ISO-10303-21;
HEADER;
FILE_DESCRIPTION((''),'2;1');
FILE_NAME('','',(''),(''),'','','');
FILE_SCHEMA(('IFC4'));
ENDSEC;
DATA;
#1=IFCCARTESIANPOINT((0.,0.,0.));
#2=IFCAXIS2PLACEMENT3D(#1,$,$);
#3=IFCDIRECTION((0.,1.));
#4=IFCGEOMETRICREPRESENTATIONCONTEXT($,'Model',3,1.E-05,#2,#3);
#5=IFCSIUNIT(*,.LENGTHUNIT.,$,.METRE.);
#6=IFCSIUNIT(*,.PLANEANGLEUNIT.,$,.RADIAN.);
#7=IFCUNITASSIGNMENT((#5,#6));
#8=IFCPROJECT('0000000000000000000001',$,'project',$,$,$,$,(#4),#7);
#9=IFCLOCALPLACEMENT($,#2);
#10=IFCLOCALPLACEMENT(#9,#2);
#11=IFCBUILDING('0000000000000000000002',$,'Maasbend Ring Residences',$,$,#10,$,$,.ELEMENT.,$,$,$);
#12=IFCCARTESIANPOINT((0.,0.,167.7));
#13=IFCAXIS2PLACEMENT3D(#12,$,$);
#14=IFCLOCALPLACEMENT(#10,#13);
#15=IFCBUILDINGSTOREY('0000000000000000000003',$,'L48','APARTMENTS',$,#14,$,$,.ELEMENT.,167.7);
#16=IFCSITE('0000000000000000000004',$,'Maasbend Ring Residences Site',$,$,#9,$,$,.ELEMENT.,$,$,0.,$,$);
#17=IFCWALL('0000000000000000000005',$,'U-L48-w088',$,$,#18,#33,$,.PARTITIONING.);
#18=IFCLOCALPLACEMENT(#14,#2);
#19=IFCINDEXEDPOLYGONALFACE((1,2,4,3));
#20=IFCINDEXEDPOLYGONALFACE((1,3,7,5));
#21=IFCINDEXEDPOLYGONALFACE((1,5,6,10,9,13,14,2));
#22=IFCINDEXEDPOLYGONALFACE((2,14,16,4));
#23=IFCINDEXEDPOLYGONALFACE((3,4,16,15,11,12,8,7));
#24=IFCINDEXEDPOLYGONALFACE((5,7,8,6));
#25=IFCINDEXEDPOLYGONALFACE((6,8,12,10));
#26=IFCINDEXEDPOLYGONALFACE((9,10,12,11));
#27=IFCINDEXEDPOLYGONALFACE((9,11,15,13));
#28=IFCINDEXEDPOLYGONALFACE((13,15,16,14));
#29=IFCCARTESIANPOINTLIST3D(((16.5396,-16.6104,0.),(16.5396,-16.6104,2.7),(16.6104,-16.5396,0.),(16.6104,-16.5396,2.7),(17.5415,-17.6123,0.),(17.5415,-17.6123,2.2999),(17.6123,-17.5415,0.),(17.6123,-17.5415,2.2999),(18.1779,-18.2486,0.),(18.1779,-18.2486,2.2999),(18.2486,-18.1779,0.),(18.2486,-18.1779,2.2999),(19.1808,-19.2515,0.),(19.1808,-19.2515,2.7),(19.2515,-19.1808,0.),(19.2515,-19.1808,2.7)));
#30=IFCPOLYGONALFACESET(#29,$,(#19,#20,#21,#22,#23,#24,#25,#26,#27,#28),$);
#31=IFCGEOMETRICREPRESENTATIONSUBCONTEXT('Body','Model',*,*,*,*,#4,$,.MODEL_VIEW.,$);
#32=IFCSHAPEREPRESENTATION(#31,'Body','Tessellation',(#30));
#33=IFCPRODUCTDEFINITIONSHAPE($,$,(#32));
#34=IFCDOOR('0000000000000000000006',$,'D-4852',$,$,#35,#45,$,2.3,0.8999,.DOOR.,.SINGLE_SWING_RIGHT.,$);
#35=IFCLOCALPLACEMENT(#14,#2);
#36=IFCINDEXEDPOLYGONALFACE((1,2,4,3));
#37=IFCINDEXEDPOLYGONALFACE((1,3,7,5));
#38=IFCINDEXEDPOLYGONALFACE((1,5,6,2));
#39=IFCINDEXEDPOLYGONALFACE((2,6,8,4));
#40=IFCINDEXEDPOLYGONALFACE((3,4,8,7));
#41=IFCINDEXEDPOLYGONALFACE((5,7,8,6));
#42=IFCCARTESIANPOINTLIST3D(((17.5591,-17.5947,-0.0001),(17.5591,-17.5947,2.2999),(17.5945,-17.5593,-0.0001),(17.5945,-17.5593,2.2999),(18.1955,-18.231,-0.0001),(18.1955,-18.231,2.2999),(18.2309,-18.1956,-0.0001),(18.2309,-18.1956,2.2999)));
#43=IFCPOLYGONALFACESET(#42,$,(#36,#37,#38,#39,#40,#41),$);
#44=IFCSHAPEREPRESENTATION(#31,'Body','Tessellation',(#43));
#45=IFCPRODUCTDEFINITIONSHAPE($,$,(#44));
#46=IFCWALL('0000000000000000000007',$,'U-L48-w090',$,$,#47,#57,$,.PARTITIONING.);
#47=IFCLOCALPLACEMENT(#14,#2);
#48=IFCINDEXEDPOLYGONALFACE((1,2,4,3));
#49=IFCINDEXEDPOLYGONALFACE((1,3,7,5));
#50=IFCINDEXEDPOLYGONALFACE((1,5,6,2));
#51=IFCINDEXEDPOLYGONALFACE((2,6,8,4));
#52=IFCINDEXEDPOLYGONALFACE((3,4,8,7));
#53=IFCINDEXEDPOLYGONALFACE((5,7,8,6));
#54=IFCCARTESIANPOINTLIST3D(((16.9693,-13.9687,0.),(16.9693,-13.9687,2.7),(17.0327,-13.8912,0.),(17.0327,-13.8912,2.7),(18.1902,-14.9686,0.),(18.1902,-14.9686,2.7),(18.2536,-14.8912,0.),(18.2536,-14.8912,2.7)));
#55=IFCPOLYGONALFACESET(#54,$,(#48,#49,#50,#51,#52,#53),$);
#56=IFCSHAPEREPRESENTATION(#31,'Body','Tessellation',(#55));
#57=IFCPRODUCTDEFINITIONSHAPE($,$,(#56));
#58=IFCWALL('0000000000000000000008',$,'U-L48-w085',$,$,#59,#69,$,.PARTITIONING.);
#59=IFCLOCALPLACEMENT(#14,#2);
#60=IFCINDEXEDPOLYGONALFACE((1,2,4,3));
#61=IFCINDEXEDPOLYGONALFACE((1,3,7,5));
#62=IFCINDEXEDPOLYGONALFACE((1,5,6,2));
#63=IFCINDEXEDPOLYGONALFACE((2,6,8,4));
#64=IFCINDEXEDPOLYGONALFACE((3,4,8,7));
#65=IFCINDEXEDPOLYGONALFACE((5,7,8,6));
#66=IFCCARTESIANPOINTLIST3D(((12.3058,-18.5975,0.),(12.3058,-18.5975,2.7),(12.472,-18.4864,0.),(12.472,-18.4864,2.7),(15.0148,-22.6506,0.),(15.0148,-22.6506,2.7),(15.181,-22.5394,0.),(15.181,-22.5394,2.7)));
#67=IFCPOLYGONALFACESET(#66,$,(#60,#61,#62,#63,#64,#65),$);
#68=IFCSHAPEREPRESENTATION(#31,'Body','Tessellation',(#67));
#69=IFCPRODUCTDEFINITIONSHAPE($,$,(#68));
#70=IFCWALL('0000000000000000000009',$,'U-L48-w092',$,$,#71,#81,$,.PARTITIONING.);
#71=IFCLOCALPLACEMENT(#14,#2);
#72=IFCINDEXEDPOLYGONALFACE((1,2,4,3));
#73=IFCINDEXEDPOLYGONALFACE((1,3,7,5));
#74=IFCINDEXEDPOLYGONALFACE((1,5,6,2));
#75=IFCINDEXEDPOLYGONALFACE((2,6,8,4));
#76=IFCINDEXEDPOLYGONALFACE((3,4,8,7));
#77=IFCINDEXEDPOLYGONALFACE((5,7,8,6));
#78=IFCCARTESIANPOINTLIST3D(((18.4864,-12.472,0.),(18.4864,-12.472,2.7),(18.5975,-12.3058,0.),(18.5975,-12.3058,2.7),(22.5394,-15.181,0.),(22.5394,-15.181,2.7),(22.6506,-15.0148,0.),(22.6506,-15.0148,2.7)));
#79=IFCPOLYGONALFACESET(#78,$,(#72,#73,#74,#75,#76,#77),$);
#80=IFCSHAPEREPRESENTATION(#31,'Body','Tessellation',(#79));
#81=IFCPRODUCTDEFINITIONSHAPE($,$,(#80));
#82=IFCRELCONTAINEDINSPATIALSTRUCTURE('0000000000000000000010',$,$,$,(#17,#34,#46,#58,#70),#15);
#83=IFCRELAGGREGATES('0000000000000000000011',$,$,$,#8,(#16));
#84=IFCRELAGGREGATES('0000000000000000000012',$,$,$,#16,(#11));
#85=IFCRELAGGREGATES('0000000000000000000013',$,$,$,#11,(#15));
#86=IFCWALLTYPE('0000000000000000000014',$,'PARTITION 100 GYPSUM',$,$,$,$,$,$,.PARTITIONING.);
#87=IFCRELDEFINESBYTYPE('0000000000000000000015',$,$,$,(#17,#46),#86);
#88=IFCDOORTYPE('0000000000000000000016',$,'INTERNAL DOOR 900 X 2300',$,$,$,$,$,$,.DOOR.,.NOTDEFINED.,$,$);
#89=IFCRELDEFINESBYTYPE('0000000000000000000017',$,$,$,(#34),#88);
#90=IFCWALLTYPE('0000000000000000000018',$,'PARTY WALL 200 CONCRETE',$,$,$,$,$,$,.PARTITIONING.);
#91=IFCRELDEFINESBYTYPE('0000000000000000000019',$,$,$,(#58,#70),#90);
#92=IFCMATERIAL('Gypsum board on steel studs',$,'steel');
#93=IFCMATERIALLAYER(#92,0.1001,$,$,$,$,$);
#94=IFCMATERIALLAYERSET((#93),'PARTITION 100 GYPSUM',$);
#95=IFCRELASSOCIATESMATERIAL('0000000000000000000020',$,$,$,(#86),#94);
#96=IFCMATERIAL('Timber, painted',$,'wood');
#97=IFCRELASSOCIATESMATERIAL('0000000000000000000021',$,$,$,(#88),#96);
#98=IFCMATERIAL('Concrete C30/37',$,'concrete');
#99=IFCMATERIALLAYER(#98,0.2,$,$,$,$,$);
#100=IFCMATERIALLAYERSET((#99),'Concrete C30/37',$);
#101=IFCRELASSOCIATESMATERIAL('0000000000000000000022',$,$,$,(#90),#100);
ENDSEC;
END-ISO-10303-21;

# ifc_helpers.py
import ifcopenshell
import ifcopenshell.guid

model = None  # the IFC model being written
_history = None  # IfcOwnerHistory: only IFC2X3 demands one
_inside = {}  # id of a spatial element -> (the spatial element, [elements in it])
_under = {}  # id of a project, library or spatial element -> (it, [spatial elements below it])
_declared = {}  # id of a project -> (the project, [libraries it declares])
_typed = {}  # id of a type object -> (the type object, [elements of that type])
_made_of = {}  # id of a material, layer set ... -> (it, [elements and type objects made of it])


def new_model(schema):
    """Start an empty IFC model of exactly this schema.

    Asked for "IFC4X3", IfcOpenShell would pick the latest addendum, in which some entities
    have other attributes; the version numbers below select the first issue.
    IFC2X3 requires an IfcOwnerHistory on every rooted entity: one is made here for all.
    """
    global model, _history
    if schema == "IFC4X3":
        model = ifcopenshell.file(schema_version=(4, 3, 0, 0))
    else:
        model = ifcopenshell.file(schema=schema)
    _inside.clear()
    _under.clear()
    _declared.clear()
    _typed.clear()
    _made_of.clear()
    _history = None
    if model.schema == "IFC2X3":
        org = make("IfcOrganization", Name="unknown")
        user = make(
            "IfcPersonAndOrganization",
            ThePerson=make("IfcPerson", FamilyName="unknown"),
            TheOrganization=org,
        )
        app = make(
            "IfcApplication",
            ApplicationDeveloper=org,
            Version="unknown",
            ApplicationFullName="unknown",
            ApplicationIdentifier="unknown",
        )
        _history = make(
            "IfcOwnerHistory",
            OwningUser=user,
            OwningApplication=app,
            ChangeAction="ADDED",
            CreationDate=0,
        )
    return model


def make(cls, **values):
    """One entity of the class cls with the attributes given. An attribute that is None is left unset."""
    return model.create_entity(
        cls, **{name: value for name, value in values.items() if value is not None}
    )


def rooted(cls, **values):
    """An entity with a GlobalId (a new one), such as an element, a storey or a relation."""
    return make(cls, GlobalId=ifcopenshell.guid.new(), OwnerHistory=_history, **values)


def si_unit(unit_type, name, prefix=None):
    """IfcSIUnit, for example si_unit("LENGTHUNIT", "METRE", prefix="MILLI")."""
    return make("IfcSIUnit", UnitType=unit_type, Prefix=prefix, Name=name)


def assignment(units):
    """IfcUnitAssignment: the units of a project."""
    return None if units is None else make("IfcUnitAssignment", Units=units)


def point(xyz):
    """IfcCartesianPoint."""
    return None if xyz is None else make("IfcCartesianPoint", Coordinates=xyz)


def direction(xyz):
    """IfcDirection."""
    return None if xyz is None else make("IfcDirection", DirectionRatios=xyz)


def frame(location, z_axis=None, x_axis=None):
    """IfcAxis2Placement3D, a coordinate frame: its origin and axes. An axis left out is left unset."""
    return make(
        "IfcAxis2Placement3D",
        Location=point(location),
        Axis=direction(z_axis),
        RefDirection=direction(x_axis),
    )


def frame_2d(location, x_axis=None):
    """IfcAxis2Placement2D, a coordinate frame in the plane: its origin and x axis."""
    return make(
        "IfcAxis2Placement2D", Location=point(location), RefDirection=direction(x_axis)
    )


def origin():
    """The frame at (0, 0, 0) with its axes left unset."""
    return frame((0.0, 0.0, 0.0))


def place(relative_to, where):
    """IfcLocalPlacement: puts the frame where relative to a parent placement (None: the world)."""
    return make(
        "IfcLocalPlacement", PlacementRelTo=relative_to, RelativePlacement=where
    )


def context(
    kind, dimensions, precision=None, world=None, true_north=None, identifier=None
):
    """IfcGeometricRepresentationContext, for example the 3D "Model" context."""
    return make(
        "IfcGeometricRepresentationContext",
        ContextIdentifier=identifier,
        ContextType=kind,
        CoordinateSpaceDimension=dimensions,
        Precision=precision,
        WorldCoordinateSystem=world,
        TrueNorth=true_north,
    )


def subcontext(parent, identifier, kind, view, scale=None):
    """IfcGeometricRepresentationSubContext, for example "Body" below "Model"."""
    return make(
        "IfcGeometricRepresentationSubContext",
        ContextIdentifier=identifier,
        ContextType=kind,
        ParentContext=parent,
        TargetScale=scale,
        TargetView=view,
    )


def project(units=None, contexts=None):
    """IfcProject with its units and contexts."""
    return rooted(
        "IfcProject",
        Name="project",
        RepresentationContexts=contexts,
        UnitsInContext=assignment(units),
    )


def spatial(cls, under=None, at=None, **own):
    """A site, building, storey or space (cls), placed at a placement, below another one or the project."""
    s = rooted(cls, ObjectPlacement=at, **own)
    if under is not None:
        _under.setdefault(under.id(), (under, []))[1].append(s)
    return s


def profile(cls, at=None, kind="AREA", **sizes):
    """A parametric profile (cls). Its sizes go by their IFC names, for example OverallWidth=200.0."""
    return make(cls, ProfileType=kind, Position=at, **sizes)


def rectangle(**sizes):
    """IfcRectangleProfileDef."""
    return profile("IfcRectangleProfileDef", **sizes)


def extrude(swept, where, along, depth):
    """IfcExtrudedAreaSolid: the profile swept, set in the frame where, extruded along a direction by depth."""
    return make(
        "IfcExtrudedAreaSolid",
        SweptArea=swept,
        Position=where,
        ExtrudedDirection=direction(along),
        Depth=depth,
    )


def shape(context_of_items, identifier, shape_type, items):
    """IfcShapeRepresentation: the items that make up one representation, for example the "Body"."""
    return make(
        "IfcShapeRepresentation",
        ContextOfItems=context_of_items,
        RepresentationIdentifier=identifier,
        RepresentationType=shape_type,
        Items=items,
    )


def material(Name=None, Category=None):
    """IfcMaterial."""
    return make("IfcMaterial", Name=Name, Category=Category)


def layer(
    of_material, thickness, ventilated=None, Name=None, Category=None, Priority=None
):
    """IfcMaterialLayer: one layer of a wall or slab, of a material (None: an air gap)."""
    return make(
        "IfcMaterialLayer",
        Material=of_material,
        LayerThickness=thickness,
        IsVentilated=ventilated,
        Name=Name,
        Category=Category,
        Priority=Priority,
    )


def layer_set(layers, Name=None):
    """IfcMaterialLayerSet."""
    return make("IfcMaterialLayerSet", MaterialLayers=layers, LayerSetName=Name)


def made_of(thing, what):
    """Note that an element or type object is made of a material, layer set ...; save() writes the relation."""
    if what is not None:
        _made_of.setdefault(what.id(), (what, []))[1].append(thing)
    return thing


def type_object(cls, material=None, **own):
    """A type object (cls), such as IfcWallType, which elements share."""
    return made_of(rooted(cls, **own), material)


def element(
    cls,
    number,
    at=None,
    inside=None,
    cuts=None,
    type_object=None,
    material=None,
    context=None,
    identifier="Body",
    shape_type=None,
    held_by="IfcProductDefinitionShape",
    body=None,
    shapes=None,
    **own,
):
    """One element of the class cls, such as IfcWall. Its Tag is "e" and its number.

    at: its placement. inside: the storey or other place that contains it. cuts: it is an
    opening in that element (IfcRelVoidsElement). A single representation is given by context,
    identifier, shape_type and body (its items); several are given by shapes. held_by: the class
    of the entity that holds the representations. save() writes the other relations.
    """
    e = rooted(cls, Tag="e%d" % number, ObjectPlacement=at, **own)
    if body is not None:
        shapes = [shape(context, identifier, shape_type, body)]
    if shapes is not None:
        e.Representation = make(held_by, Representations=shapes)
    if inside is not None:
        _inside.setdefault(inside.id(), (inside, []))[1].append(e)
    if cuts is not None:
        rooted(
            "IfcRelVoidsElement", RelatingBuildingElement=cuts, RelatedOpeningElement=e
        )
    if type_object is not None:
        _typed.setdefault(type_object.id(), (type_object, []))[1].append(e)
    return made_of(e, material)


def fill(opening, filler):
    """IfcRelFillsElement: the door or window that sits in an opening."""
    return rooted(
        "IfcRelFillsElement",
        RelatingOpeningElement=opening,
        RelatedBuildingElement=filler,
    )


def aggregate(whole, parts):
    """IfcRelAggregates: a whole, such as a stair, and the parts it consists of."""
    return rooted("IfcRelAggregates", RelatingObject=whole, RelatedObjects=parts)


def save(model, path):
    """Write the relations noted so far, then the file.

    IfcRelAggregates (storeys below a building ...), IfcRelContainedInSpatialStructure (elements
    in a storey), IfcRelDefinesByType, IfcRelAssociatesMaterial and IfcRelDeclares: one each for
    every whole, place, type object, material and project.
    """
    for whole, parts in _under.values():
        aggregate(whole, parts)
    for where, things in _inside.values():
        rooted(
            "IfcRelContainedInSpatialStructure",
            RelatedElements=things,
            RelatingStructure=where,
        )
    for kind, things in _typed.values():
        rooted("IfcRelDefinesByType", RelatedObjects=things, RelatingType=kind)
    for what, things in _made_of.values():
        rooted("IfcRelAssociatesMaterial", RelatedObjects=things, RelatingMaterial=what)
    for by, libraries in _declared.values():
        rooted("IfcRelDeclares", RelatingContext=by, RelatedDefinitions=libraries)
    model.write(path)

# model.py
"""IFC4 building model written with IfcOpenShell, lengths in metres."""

from ifc_helpers import new_model, si_unit, direction, frame, frame_2d, origin, place, context, subcontext, project, spatial, rectangle, extrude, material, layer, layer_set, type_object, element, fill, save


model = new_model("IFC4")

# Units and contexts
model_context = context("Model", 3, precision=1e-05, world=origin(), true_north=direction((0.0, 1.0)))
body_context = subcontext(model_context, "Body", "Model", "MODEL_VIEW")
ifc_project = project(units=[si_unit("LENGTHUNIT", "METRE"), si_unit("PLANEANGLEUNIT", "RADIAN")], contexts=[model_context])

# Site, building, storey
site_placement = place(None, origin())
site = spatial("IfcSite", under=ifc_project, at=site_placement, Name="Maasbend Ring Residences Site", CompositionType="ELEMENT", RefElevation=0.0)
building_placement = place(site_placement, origin())
building = spatial("IfcBuilding", under=site, at=building_placement, Name="Maasbend Ring Residences", CompositionType="ELEMENT")
storey_placement = place(building_placement, frame((0.0, 0.0, 167.7)))
storey = spatial("IfcBuildingStorey", under=building, at=storey_placement, Name="L48", Description="APARTMENTS", CompositionType="ELEMENT", Elevation=167.7)

# Shared definitions
ifc_material_1 = material(Name="Gypsum board on steel studs", Category="steel")
ifc_layer_1 = layer(ifc_material_1, 0.1001)
ifc_layer_set_1 = layer_set([ifc_layer_1], Name="PARTITION 100 GYPSUM")
wall_type_1 = type_object("IfcWallType", Name="PARTITION 100 GYPSUM", PredefinedType="PARTITIONING", material=ifc_layer_set_1)
ifc_material_2 = material(Name="Timber, painted", Category="wood")
door_type_1 = type_object("IfcDoorType", Name="INTERNAL DOOR 900 X 2300", OperationType="NOTDEFINED", PredefinedType="DOOR", material=ifc_material_2)

# Wall, opening, door
wall_1_placement = place(storey_placement, frame((16.575, -16.575, 0.0), z_axis=(0.0, 0.0, 1.0), x_axis=(0.707107, -0.707107, 0.0)))
wall_1 = element("IfcWall", 1, at=wall_1_placement, inside=storey, type_object=wall_type_1, Name="U-L48-w088", PredefinedType="PARTITIONING", context=body_context, shape_type="SweptSolid", body=[
    extrude(rectangle(XDim=3.7351, YDim=0.1001, at=frame_2d((1.8677, 0.0))), origin(), (0.0, 0.0, 1.0), 2.7),
])
opening_1_placement = place(wall_1_placement, frame((1.417, 0.0, 0.0)))
opening_1 = element("IfcOpeningElement", 2, at=opening_1_placement, cuts=wall_1, PredefinedType="OPENING", context=body_context, shape_type="SweptSolid", body=[
    extrude(rectangle(XDim=0.8999, YDim=2.3, at=frame_2d((0.45, 1.1499))), frame((0.0, 0.0601, 0.0), z_axis=(0.0, -1.0, 0.0), x_axis=(1.0, 0.0, 0.0)), (0.0, 0.0, 1.0), 0.1201),
])
door_1_placement = place(opening_1_placement, origin())
door_1 = element("IfcDoor", 3, at=door_1_placement, inside=storey, type_object=door_type_1, Name="D-4852", OperationType="SINGLE_SWING_RIGHT", OverallHeight=2.3, OverallWidth=0.8999, PredefinedType="DOOR", context=body_context, shape_type="SweptSolid", body=[
    extrude(rectangle(XDim=0.8999, YDim=2.3, at=frame_2d((0.45, 1.1499))), frame((0.0, 0.0249, 0.0), z_axis=(0.0, -1.0, 0.0), x_axis=(1.0, 0.0, 0.0)), (0.0, 0.0, 1.0), 0.05),
])
fill(opening_1, door_1)

# Walls
wall_2_placement = place(storey_placement, frame((17.001, -13.9299, 0.0), z_axis=(0.0, 0.0, 1.0), x_axis=(0.773633, -0.633634, 0.0)))
element("IfcWall", 4, at=wall_2_placement, inside=storey, type_object=wall_type_1, Name="U-L48-w090", PredefinedType="PARTITIONING", context=body_context, shape_type="SweptSolid", body=[
    extrude(rectangle(XDim=1.5781, YDim=0.1001, at=frame_2d((0.7891, 0.0))), origin(), (0.0, 0.0, 1.0), 2.7),
])
ifc_material_3 = material(Name="Concrete C30/37", Category="concrete")
ifc_layer_2 = layer(ifc_material_3, 0.2)
ifc_layer_set_2 = layer_set([ifc_layer_2], Name="Concrete C30/37")
wall_type_2 = type_object("IfcWallType", Name="PARTY WALL 200 CONCRETE", PredefinedType="PARTITIONING", material=ifc_layer_set_2)
for number, where, z_axis, x_axis, name in (
    (5, (12.3889, -18.542, 0.0), (0.0, 0.0, 1.0), (0.555694, -0.831387, 0.0), "U-L48-w085"),
    (6, (18.542, -12.3889, 0.0), (0.0, 0.0, 1.0), (0.831387, -0.555694, 0.0), "U-L48-w092"),
):
    element("IfcWall", number, at=place(storey_placement, frame(where, z_axis=z_axis, x_axis=x_axis)), inside=storey, type_object=wall_type_2, Name=name, PredefinedType="PARTITIONING", context=body_context, shape_type="SweptSolid", body=[
        extrude(rectangle(XDim=4.875, YDim=0.2, at=frame_2d((2.4375, 0.0))), origin(), (0.0, 0.0, 1.0), 2.7),
    ])

save(model, "model.ifc")
